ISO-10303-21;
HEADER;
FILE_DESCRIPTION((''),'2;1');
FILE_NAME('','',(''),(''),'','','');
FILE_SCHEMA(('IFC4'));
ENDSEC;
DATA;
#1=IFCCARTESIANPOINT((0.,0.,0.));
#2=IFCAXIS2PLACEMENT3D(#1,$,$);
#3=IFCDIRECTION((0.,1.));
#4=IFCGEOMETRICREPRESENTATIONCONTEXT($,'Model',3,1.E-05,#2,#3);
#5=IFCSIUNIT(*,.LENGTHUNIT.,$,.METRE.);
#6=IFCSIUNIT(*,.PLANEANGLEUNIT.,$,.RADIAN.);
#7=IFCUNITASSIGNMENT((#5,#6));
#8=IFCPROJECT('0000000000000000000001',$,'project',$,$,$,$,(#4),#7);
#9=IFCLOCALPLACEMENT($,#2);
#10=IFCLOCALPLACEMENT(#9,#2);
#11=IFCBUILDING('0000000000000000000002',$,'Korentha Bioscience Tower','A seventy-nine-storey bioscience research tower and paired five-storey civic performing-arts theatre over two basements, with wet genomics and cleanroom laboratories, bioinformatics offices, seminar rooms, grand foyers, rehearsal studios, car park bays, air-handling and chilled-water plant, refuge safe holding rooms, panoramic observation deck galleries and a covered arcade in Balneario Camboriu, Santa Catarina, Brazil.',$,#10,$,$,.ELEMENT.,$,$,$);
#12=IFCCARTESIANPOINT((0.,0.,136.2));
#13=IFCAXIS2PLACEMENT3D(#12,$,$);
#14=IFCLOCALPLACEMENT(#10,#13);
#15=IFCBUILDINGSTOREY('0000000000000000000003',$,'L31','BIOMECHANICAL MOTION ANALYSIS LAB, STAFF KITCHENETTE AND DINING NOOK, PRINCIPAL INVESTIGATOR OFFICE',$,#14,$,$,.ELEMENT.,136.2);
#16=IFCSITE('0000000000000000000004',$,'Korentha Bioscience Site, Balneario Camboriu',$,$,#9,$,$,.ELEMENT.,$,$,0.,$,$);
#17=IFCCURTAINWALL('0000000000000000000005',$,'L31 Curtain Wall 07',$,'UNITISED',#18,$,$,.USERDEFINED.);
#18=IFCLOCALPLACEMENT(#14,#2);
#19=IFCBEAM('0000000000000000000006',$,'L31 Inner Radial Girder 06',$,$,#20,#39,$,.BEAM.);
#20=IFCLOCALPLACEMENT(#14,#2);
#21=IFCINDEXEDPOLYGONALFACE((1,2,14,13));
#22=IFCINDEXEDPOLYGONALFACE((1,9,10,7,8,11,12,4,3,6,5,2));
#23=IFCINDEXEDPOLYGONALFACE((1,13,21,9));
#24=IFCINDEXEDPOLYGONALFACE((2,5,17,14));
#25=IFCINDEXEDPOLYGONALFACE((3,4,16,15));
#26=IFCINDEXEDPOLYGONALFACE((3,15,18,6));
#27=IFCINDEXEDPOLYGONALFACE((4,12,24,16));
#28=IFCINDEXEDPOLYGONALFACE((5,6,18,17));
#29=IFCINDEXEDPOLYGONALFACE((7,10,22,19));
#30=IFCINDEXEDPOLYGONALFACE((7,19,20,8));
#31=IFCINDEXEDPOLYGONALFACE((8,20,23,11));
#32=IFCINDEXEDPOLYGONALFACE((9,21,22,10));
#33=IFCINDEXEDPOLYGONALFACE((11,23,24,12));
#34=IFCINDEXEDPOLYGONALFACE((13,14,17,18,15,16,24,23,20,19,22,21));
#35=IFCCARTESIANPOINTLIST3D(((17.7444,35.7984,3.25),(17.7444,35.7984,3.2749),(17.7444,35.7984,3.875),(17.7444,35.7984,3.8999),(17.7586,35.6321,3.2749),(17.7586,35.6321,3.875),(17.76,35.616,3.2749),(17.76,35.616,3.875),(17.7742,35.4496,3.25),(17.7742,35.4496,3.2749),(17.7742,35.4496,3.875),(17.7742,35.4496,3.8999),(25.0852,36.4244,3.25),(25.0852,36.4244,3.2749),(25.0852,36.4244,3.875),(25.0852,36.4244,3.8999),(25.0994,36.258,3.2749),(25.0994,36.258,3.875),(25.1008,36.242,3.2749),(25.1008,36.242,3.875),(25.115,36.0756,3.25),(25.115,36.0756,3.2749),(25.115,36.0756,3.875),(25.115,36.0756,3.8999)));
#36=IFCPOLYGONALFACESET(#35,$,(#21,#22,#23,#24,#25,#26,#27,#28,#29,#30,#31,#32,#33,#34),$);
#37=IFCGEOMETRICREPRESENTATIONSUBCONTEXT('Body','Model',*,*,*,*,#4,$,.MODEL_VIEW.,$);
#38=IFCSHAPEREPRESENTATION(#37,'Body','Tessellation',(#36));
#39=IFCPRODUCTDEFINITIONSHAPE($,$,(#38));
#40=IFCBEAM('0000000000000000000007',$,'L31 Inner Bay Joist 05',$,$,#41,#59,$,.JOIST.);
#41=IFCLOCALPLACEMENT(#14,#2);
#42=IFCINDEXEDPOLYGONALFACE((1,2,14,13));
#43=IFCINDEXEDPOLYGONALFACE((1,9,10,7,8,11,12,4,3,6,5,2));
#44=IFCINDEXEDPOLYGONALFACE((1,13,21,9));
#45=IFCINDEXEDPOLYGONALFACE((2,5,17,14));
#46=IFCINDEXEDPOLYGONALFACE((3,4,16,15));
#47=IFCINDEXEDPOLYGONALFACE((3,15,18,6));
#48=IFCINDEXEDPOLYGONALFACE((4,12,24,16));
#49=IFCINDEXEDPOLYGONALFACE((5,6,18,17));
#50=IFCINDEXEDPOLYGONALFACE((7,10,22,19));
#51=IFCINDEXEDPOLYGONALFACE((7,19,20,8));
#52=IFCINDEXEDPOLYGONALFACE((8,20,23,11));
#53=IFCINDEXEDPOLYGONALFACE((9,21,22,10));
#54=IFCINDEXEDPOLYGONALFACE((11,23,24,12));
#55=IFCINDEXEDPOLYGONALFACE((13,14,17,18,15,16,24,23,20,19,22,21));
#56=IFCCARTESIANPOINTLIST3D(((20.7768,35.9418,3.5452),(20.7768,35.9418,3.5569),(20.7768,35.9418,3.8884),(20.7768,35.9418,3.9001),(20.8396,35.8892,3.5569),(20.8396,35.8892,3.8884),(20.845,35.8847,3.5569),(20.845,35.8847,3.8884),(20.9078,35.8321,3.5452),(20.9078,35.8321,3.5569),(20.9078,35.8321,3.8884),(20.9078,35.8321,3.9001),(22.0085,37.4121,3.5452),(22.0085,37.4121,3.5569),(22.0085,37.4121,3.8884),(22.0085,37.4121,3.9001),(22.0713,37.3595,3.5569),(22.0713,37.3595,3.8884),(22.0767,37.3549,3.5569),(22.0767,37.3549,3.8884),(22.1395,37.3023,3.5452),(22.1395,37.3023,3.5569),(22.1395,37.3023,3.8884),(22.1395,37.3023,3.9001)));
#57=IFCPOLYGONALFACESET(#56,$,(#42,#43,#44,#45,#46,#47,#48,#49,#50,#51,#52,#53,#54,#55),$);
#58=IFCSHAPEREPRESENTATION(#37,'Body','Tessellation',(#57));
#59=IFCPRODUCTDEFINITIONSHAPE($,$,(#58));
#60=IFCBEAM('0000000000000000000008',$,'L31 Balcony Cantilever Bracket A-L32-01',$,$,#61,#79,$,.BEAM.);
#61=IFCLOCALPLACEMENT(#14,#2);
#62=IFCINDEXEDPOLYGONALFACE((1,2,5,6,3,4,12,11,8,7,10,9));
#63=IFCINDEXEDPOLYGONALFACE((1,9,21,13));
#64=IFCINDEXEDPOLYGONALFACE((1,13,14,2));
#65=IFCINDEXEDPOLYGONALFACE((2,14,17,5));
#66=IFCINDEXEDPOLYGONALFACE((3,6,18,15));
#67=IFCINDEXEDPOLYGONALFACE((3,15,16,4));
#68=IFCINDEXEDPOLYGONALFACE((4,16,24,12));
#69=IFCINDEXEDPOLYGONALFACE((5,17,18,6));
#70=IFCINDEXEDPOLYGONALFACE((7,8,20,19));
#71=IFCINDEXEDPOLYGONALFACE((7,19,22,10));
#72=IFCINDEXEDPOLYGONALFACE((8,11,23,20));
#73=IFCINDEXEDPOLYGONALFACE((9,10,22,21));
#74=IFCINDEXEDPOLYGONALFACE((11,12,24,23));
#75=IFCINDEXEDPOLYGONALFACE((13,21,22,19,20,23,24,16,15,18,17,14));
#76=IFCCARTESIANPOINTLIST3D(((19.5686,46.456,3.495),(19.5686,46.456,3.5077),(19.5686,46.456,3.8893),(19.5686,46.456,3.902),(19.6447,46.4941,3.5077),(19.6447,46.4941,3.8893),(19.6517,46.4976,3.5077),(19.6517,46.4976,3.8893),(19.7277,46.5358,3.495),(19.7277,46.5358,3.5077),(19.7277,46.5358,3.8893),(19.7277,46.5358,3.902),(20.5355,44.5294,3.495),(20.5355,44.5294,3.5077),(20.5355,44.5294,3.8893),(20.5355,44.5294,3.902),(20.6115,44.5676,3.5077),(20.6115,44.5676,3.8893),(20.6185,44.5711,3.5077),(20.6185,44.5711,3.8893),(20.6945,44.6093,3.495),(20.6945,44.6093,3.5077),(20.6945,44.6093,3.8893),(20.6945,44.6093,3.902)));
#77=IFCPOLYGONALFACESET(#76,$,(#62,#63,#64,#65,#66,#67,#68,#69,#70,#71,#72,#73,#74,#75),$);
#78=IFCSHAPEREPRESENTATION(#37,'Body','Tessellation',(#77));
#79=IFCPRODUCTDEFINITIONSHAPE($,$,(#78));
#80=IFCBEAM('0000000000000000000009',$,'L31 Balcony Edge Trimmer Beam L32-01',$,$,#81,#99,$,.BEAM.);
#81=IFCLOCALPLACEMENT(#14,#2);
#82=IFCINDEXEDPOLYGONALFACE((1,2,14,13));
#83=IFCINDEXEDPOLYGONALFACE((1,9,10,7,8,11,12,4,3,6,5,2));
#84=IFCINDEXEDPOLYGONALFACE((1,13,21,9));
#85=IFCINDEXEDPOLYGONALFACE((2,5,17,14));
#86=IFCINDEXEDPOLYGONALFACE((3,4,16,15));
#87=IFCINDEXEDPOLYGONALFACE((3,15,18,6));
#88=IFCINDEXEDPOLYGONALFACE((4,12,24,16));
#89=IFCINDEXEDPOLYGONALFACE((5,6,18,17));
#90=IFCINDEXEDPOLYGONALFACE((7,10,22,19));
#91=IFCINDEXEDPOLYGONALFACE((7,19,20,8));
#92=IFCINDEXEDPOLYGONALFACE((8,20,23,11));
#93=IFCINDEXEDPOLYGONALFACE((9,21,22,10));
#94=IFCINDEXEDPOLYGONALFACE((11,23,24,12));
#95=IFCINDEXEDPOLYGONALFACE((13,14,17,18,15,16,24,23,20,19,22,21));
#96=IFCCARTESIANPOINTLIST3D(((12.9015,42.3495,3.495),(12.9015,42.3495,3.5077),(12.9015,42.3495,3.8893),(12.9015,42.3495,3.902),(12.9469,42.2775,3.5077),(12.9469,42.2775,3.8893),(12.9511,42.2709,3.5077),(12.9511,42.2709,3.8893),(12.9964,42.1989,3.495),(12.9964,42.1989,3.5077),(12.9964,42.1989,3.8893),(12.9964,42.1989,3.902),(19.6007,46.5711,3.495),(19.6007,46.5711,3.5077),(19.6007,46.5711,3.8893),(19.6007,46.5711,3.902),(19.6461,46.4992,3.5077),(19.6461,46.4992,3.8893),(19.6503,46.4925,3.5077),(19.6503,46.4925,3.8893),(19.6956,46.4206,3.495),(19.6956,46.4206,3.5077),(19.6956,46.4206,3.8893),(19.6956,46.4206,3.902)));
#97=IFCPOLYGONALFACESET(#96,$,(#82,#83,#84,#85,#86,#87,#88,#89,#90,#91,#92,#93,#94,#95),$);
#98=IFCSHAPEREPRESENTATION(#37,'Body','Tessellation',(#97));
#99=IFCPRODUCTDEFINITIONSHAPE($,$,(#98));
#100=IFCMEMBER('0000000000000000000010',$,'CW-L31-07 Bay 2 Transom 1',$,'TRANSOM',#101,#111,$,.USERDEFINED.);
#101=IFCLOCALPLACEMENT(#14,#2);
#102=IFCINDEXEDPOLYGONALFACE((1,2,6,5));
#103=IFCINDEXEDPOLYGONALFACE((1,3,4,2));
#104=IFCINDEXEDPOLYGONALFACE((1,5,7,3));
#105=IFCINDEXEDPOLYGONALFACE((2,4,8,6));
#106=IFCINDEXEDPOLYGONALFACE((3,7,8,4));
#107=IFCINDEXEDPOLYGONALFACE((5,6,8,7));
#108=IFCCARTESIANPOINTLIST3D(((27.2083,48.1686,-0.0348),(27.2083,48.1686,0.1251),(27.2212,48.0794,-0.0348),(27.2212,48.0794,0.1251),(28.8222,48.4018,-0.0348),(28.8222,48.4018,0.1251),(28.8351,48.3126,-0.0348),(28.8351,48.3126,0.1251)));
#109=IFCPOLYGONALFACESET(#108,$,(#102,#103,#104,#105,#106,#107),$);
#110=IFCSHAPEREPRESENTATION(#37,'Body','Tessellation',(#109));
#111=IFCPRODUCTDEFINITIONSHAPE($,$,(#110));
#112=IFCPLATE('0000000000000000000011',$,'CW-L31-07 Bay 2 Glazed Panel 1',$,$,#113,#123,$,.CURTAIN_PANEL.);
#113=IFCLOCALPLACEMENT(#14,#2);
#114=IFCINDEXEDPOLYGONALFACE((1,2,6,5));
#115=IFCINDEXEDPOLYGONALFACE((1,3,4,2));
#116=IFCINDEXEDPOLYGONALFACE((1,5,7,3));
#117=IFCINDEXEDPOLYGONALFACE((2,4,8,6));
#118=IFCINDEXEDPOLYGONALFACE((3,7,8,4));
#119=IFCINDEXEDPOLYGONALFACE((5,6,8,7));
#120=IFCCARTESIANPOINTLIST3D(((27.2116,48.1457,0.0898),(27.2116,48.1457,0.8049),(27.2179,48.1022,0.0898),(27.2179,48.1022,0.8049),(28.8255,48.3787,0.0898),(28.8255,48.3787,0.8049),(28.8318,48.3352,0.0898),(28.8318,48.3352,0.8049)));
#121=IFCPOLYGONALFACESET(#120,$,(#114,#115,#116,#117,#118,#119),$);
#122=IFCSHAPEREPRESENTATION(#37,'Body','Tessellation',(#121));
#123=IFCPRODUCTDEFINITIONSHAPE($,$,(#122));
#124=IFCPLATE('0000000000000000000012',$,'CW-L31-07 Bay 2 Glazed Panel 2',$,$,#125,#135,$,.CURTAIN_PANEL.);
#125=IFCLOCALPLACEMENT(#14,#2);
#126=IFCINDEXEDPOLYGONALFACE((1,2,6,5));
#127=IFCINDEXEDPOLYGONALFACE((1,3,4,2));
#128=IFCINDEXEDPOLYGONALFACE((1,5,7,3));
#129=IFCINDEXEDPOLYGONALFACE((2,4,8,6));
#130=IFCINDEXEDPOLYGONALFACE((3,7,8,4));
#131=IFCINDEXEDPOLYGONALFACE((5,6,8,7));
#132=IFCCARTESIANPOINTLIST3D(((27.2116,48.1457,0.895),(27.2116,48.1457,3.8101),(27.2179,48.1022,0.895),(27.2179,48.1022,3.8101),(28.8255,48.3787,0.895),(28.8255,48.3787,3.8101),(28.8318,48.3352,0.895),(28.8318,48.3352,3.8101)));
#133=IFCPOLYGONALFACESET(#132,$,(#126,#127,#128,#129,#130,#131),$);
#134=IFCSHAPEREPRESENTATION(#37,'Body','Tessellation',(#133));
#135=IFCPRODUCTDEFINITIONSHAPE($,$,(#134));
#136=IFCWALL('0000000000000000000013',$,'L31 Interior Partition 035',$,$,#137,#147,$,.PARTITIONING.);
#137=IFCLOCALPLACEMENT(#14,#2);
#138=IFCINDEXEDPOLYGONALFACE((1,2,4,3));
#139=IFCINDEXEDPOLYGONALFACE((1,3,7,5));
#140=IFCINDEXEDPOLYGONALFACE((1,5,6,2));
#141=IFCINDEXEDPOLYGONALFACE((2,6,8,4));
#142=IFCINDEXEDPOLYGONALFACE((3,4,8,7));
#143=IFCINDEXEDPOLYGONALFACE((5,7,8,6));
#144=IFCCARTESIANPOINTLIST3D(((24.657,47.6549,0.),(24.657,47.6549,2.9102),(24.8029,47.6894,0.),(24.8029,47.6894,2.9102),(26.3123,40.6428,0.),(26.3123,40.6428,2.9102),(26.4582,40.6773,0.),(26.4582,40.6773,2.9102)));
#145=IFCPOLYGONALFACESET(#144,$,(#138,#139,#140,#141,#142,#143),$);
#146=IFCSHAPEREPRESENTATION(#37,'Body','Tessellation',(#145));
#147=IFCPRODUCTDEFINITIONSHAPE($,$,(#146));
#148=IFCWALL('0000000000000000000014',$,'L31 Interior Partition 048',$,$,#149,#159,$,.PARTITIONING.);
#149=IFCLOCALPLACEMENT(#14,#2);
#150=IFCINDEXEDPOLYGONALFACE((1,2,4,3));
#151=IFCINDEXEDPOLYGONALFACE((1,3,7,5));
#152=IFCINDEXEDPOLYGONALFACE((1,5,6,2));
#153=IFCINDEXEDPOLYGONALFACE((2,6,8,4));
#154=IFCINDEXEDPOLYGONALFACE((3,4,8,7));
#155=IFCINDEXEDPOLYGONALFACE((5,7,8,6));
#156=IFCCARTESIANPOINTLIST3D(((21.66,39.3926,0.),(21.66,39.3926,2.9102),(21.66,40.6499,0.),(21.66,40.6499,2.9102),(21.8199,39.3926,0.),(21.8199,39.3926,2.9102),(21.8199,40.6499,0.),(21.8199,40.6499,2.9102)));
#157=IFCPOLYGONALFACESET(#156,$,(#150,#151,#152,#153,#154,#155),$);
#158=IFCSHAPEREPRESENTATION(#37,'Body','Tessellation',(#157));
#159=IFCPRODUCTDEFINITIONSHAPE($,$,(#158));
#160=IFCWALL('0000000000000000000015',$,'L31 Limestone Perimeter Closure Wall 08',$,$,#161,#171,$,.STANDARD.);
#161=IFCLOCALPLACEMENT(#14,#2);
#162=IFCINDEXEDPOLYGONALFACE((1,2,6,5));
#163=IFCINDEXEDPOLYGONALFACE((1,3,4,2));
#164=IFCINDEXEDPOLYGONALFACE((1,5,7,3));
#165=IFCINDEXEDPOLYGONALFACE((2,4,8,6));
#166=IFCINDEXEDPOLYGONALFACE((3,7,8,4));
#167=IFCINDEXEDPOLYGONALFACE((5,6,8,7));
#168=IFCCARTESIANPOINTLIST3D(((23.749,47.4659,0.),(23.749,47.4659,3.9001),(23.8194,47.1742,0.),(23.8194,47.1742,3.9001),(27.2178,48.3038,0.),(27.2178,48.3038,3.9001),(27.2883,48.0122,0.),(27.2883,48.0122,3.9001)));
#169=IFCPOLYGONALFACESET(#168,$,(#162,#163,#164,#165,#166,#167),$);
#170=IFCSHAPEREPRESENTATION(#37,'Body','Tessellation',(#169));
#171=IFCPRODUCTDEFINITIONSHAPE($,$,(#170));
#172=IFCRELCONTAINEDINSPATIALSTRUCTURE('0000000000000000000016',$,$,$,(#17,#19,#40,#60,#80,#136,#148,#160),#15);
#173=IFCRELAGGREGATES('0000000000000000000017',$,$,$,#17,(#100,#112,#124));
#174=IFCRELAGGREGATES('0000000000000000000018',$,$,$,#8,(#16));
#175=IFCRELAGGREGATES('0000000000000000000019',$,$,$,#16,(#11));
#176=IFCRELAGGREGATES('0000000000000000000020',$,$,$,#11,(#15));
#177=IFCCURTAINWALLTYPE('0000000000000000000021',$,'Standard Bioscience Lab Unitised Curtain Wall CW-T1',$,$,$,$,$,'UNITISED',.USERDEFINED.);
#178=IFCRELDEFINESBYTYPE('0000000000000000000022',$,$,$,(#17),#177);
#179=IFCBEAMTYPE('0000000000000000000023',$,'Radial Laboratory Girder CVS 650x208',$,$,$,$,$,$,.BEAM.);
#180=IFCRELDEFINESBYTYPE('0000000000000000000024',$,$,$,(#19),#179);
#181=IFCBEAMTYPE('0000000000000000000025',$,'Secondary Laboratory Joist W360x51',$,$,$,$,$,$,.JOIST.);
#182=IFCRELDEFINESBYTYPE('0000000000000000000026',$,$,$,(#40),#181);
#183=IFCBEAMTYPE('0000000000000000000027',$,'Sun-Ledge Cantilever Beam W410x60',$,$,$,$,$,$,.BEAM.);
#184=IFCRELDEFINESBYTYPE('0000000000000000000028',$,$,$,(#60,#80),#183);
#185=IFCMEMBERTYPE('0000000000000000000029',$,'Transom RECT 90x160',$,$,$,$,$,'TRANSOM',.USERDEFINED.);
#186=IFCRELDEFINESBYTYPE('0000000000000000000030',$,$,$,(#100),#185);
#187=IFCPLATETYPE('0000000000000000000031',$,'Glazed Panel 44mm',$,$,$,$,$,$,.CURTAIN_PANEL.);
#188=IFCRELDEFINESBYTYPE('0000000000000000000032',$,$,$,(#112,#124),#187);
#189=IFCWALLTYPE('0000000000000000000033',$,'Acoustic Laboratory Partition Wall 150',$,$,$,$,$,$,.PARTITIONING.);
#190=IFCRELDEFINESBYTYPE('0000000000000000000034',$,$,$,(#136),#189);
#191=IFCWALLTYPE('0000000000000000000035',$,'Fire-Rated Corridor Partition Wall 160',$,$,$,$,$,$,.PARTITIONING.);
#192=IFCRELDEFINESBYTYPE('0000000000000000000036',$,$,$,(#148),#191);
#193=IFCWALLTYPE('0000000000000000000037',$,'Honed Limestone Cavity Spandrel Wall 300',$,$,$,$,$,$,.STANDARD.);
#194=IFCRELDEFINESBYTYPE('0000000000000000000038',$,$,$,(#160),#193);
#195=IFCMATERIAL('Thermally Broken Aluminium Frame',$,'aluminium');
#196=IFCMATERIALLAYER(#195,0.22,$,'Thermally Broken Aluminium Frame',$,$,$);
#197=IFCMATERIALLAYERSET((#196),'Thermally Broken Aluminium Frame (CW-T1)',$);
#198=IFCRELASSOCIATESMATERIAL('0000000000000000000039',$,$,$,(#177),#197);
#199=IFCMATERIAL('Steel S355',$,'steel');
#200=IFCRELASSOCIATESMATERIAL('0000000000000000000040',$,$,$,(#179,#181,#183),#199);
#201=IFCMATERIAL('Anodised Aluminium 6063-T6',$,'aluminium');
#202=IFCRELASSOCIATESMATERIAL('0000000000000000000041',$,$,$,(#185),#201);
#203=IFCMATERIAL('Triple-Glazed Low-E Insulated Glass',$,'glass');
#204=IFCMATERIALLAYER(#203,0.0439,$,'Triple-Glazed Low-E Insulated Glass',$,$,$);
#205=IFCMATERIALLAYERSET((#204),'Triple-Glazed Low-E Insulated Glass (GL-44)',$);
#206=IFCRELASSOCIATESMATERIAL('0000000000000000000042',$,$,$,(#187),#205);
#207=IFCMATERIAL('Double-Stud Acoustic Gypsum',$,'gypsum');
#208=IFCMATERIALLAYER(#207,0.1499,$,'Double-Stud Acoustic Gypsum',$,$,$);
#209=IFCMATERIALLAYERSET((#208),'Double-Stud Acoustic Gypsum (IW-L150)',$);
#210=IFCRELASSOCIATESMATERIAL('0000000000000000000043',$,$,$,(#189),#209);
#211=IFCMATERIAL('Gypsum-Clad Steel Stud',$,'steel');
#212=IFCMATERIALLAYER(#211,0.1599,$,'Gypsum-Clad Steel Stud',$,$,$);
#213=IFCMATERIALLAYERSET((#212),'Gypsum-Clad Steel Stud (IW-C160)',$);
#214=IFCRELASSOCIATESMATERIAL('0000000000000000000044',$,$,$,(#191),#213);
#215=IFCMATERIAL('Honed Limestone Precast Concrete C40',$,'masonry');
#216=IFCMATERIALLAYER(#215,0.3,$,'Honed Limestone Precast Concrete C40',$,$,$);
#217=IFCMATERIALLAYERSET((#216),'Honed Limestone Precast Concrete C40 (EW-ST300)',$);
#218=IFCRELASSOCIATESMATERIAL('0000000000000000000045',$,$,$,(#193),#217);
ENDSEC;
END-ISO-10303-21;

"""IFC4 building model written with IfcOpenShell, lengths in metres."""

from ifc_helpers import new_model, si_unit, direction, frame, frame_2d, origin, origin_2d, place, context, subcontext, project, spatial, rectangle, i_section, extrude, material, layer, layer_set, material_profile, profile_set, type_object, element, aggregate, save


model = new_model("IFC4")

# Units and contexts
model_context = context("Model", 3, precision=1e-05, world=origin(), true_north=direction((0.0, 1.0)))
body_context = subcontext(model_context, "Body", "Model", "MODEL_VIEW")
ifc_project = project(units=[si_unit("LENGTHUNIT", "METRE"), si_unit("PLANEANGLEUNIT", "RADIAN")], contexts=[model_context])

# Site, building, storey
site_placement = place(None, origin())
site = spatial("IfcSite", under=ifc_project, at=site_placement, Name="Korentha Bioscience Site, Balneario Camboriu", CompositionType="ELEMENT", RefElevation=0.0)
building_placement = place(site_placement, origin())
building = spatial("IfcBuilding", under=site, at=building_placement, Name="Korentha Bioscience Tower", Description="A seventy-nine-storey bioscience research tower and paired five-storey civic performing-arts theatre over two basements, with wet genomics and cleanroom laboratories, bioinformatics offices, seminar rooms, grand foyers, rehearsal studios, car park bays, air-handling and chilled-water plant, refuge safe holding rooms, panoramic observation deck galleries and a covered arcade in Balneario Camboriu, Santa Catarina, Brazil.", CompositionType="ELEMENT")
storey_placement = place(building_placement, frame((0.0, 0.0, 136.2)))
storey = spatial("IfcBuildingStorey", under=building, at=storey_placement, Name="L31", Description="BIOMECHANICAL MOTION ANALYSIS LAB, STAFF KITCHENETTE AND DINING NOOK, PRINCIPAL INVESTIGATOR OFFICE", CompositionType="ELEMENT", Elevation=136.2)

# Shared definitions
ifc_material_1 = material(Name="Steel S355", Category="steel")

# Curtain wall
ifc_material_2 = material(Name="Thermally Broken Aluminium Frame", Category="aluminium")
ifc_layer_1 = layer(ifc_material_2, 0.22, Name="Thermally Broken Aluminium Frame")
ifc_layer_set_1 = layer_set([ifc_layer_1], Name="Thermally Broken Aluminium Frame (CW-T1)")
curtain_wall_type = type_object("IfcCurtainWallType", Name="Standard Bioscience Lab Unitised Curtain Wall CW-T1", ElementType="UNITISED", PredefinedType="USERDEFINED", material=ifc_layer_set_1)
curtain_wall_placement = place(storey_placement, origin())
curtain_wall = element("IfcCurtainWall", 1, at=curtain_wall_placement, inside=storey, type_object=curtain_wall_type, Name="L31 Curtain Wall 07", ObjectType="UNITISED", PredefinedType="USERDEFINED")
ifc_material_3 = material(Name="Anodised Aluminium 6063-T6", Category="aluminium")

# Beams
ifc_material_profile_1 = material_profile(ifc_material_1, i_section(OverallWidth=0.3501, OverallDepth=0.6499, WebThickness=0.0161, FlangeThickness=0.0249, at=origin_2d()), Name="Steel S355")
ifc_profile_set_1 = profile_set([ifc_material_profile_1], Name="Steel S355 (RB-650)")
beam_type_1 = type_object("IfcBeamType", Name="Radial Laboratory Girder CVS 650x208", PredefinedType="BEAM", material=ifc_profile_set_1)
beam_1_placement = place(storey_placement, frame((25.1001, 36.25, 3.575), z_axis=(-0.996384, -0.084965, 0.0), x_axis=(0.084965, -0.996384, 0.0)))
element("IfcBeam", 2, at=beam_1_placement, inside=storey, type_object=beam_type_1, Name="L31 Inner Radial Girder 06", PredefinedType="BEAM", context=body_context, shape_type="SweptSolid", body=[
    extrude(i_section(OverallWidth=0.3501, OverallDepth=0.6499, WebThickness=0.0161, FlangeThickness=0.0249, at=origin_2d()), origin(), (0.0, 0.0, 1.0), 7.3674),
])
ifc_material_profile_2 = material_profile(ifc_material_1, i_section(OverallWidth=0.1709, OverallDepth=0.355, WebThickness=0.0071, FlangeThickness=0.0117, at=origin_2d()), Name="Steel S355")
ifc_profile_set_2 = profile_set([ifc_material_profile_2], Name="Steel S355 (JB-360)")
beam_type_2 = type_object("IfcBeamType", Name="Secondary Laboratory Joist W360x51", PredefinedType="JOIST", material=ifc_profile_set_2)
beam_2_placement = place(storey_placement, frame((22.074, 37.3572, 3.7227), z_axis=(-0.642185, -0.766549, 0.0), x_axis=(0.766549, -0.642185, 0.0)))
element("IfcBeam", 3, at=beam_2_placement, inside=storey, type_object=beam_type_2, Name="L31 Inner Bay Joist 05", PredefinedType="JOIST", context=body_context, shape_type="SweptSolid", body=[
    extrude(i_section(OverallWidth=0.1709, OverallDepth=0.355, WebThickness=0.0071, FlangeThickness=0.0117, at=origin_2d()), origin(), (0.0, 0.0, 1.0), 1.918),
])
ifc_material_profile_3 = material_profile(ifc_material_1, i_section(OverallWidth=0.178, OverallDepth=0.407, WebThickness=0.0078, FlangeThickness=0.0127, at=origin_2d()), Name="Steel S355")
ifc_profile_set_3 = profile_set([ifc_material_profile_3], Name="Steel S355 (CB-410)")
beam_type_3 = type_object("IfcBeamType", Name="Sun-Ledge Cantilever Beam W410x60", PredefinedType="BEAM", material=ifc_profile_set_3)
beam_3_placement = place(storey_placement, frame((20.615, 44.5693, 3.6985), z_axis=(-0.448527, 0.893769, 0.0), x_axis=(-0.893769, -0.448527, 0.0)))
element("IfcBeam", 4, at=beam_3_placement, inside=storey, type_object=beam_type_3, Name="L31 Balcony Cantilever Bracket A-L32-01", PredefinedType="BEAM", context=body_context, shape_type="SweptSolid", body=[
    extrude(i_section(OverallWidth=0.178, OverallDepth=0.407, WebThickness=0.0078, FlangeThickness=0.0127, at=origin_2d()), origin(), (0.0, 0.0, 1.0), 2.1555),
])
beam_4_placement = place(storey_placement, frame((19.6482, 46.4958, 3.6985), z_axis=(-0.846025, -0.533144, 0.0), x_axis=(0.533144, -0.846025, 0.0)))
element("IfcBeam", 5, at=beam_4_placement, inside=storey, type_object=beam_type_3, Name="L31 Balcony Edge Trimmer Beam L32-01", PredefinedType="BEAM", context=body_context, shape_type="SweptSolid", body=[
    extrude(i_section(OverallWidth=0.178, OverallDepth=0.407, WebThickness=0.0078, FlangeThickness=0.0127, at=origin_2d()), origin(), (0.0, 0.0, 1.0), 7.9185),
])

# Member
ifc_material_profile_4 = material_profile(ifc_material_3, rectangle(XDim=0.0901, YDim=0.1599, at=origin_2d()), Name="Anodised Aluminium 6063-T6")
ifc_profile_set_4 = profile_set([ifc_material_profile_4], Name="Anodised Aluminium 6063-T6 (CW-TRN)")
member_type_1 = type_object("IfcMemberType", Name="Transom RECT 90x160", ElementType="TRANSOM", PredefinedType="USERDEFINED", material=ifc_profile_set_4)
member_1_placement = place(storey_placement, frame((28.8286, 48.3572, 0.0452), z_axis=(-0.989724, -0.142993, 0.0), x_axis=(0.142993, -0.989724, 0.0)))
member_1 = element("IfcMember", 6, at=member_1_placement, type_object=member_type_1, Name="CW-L31-07 Bay 2 Transom 1", ObjectType="TRANSOM", PredefinedType="USERDEFINED", context=body_context, shape_type="SweptSolid", body=[
    extrude(rectangle(XDim=0.0901, YDim=0.1599, at=origin_2d()), origin(), (0.0, 0.0, 1.0), 1.6306),
])

# Plates
ifc_material_4 = material(Name="Triple-Glazed Low-E Insulated Glass", Category="glass")
ifc_layer_2 = layer(ifc_material_4, 0.0439, Name="Triple-Glazed Low-E Insulated Glass")
ifc_layer_set_2 = layer_set([ifc_layer_2], Name="Triple-Glazed Low-E Insulated Glass (GL-44)")
plate_type = type_object("IfcPlateType", Name="Glazed Panel 44mm", PredefinedType="CURTAIN_PANEL", material=ifc_layer_set_2)
plate_1_placement = place(storey_placement, frame((28.0217, 48.2405, 0.0898), z_axis=(0.0, 0.0, 1.0), x_axis=(-0.989738, -0.142892, 0.0)))
plate_1 = element("IfcPlate", 7, at=plate_1_placement, type_object=plate_type, Name="CW-L31-07 Bay 2 Glazed Panel 1", PredefinedType="CURTAIN_PANEL", context=body_context, shape_type="SweptSolid", body=[
    extrude(rectangle(XDim=1.6306, YDim=0.0439, at=origin_2d()), origin(), (0.0, 0.0, 1.0), 0.7151),
])
plate_2_placement = place(storey_placement, frame((28.0217, 48.2405, 0.895), z_axis=(0.0, 0.0, 1.0), x_axis=(-0.989738, -0.142892, 0.0)))
plate_2 = element("IfcPlate", 8, at=plate_2_placement, type_object=plate_type, Name="CW-L31-07 Bay 2 Glazed Panel 2", PredefinedType="CURTAIN_PANEL", context=body_context, shape_type="SweptSolid", body=[
    extrude(rectangle(XDim=1.6306, YDim=0.0439, at=origin_2d()), origin(), (0.0, 0.0, 1.0), 2.915),
])
aggregate(curtain_wall, [member_1, plate_1, plate_2])

# Shared definitions
ifc_material_5 = material(Name="Double-Stud Acoustic Gypsum", Category="gypsum")
ifc_layer_3 = layer(ifc_material_5, 0.1499, Name="Double-Stud Acoustic Gypsum")
ifc_layer_set_3 = layer_set([ifc_layer_3], Name="Double-Stud Acoustic Gypsum (IW-L150)")
wall_type_1 = type_object("IfcWallType", Name="Acoustic Laboratory Partition Wall 150", PredefinedType="PARTITIONING", material=ifc_layer_set_3)

# Wall
wall_1_placement = place(storey_placement, frame((26.3853, 40.6599, 0.0), z_axis=(0.0, 0.0, 1.0), x_axis=(-0.229742, 0.973252, 0.0)))
element("IfcWall", 9, at=wall_1_placement, inside=storey, type_object=wall_type_1, Name="L31 Interior Partition 035", PredefinedType="PARTITIONING", context=body_context, shape_type="SweptSolid", body=[
    extrude(rectangle(XDim=7.2048, YDim=0.1499, at=frame_2d((3.6025, 0.0))), origin(), (0.0, 0.0, 1.0), 2.9102),
])

# Shared definitions
ifc_material_6 = material(Name="Gypsum-Clad Steel Stud", Category="steel")
ifc_layer_4 = layer(ifc_material_6, 0.1599, Name="Gypsum-Clad Steel Stud")
ifc_layer_set_4 = layer_set([ifc_layer_4], Name="Gypsum-Clad Steel Stud (IW-C160)")
wall_type_2 = type_object("IfcWallType", Name="Fire-Rated Corridor Partition Wall 160", PredefinedType="PARTITIONING", material=ifc_layer_set_4)

# Wall
wall_2_placement = place(storey_placement, frame((21.74, 40.6499, 0.0), z_axis=(0.0, 0.0, 1.0), x_axis=(0.0, -1.0, 0.0)))
element("IfcWall", 10, at=wall_2_placement, inside=storey, type_object=wall_type_2, Name="L31 Interior Partition 048", PredefinedType="PARTITIONING", context=body_context, shape_type="SweptSolid", body=[
    extrude(rectangle(XDim=1.2573, YDim=0.1599, at=frame_2d((0.6287, 0.0))), origin(), (0.0, 0.0, 1.0), 2.9102),
])

# Shared definitions
ifc_material_7 = material(Name="Honed Limestone Precast Concrete C40", Category="masonry")
ifc_layer_5 = layer(ifc_material_7, 0.3, Name="Honed Limestone Precast Concrete C40")
ifc_layer_set_5 = layer_set([ifc_layer_5], Name="Honed Limestone Precast Concrete C40 (EW-ST300)")
wall_type_3 = type_object("IfcWallType", Name="Honed Limestone Cavity Spandrel Wall 300", PredefinedType="STANDARD", material=ifc_layer_set_5)

# Wall
wall_3_placement = place(storey_placement, frame((27.2529, 48.158, 0.0), z_axis=(0.0, 0.0, 1.0), x_axis=(-0.972043, -0.234801, 0.0)))
element("IfcWall", 11, at=wall_3_placement, inside=storey, type_object=wall_type_3, Name="L31 Limestone Perimeter Closure Wall 08", PredefinedType="STANDARD", context=body_context, shape_type="SweptSolid", body=[
    extrude(rectangle(XDim=3.5686, YDim=0.3, at=frame_2d((1.7842, 0.0))), origin(), (0.0, 0.0, 1.0), 3.9001),
])

save(model, "model.ifc")
